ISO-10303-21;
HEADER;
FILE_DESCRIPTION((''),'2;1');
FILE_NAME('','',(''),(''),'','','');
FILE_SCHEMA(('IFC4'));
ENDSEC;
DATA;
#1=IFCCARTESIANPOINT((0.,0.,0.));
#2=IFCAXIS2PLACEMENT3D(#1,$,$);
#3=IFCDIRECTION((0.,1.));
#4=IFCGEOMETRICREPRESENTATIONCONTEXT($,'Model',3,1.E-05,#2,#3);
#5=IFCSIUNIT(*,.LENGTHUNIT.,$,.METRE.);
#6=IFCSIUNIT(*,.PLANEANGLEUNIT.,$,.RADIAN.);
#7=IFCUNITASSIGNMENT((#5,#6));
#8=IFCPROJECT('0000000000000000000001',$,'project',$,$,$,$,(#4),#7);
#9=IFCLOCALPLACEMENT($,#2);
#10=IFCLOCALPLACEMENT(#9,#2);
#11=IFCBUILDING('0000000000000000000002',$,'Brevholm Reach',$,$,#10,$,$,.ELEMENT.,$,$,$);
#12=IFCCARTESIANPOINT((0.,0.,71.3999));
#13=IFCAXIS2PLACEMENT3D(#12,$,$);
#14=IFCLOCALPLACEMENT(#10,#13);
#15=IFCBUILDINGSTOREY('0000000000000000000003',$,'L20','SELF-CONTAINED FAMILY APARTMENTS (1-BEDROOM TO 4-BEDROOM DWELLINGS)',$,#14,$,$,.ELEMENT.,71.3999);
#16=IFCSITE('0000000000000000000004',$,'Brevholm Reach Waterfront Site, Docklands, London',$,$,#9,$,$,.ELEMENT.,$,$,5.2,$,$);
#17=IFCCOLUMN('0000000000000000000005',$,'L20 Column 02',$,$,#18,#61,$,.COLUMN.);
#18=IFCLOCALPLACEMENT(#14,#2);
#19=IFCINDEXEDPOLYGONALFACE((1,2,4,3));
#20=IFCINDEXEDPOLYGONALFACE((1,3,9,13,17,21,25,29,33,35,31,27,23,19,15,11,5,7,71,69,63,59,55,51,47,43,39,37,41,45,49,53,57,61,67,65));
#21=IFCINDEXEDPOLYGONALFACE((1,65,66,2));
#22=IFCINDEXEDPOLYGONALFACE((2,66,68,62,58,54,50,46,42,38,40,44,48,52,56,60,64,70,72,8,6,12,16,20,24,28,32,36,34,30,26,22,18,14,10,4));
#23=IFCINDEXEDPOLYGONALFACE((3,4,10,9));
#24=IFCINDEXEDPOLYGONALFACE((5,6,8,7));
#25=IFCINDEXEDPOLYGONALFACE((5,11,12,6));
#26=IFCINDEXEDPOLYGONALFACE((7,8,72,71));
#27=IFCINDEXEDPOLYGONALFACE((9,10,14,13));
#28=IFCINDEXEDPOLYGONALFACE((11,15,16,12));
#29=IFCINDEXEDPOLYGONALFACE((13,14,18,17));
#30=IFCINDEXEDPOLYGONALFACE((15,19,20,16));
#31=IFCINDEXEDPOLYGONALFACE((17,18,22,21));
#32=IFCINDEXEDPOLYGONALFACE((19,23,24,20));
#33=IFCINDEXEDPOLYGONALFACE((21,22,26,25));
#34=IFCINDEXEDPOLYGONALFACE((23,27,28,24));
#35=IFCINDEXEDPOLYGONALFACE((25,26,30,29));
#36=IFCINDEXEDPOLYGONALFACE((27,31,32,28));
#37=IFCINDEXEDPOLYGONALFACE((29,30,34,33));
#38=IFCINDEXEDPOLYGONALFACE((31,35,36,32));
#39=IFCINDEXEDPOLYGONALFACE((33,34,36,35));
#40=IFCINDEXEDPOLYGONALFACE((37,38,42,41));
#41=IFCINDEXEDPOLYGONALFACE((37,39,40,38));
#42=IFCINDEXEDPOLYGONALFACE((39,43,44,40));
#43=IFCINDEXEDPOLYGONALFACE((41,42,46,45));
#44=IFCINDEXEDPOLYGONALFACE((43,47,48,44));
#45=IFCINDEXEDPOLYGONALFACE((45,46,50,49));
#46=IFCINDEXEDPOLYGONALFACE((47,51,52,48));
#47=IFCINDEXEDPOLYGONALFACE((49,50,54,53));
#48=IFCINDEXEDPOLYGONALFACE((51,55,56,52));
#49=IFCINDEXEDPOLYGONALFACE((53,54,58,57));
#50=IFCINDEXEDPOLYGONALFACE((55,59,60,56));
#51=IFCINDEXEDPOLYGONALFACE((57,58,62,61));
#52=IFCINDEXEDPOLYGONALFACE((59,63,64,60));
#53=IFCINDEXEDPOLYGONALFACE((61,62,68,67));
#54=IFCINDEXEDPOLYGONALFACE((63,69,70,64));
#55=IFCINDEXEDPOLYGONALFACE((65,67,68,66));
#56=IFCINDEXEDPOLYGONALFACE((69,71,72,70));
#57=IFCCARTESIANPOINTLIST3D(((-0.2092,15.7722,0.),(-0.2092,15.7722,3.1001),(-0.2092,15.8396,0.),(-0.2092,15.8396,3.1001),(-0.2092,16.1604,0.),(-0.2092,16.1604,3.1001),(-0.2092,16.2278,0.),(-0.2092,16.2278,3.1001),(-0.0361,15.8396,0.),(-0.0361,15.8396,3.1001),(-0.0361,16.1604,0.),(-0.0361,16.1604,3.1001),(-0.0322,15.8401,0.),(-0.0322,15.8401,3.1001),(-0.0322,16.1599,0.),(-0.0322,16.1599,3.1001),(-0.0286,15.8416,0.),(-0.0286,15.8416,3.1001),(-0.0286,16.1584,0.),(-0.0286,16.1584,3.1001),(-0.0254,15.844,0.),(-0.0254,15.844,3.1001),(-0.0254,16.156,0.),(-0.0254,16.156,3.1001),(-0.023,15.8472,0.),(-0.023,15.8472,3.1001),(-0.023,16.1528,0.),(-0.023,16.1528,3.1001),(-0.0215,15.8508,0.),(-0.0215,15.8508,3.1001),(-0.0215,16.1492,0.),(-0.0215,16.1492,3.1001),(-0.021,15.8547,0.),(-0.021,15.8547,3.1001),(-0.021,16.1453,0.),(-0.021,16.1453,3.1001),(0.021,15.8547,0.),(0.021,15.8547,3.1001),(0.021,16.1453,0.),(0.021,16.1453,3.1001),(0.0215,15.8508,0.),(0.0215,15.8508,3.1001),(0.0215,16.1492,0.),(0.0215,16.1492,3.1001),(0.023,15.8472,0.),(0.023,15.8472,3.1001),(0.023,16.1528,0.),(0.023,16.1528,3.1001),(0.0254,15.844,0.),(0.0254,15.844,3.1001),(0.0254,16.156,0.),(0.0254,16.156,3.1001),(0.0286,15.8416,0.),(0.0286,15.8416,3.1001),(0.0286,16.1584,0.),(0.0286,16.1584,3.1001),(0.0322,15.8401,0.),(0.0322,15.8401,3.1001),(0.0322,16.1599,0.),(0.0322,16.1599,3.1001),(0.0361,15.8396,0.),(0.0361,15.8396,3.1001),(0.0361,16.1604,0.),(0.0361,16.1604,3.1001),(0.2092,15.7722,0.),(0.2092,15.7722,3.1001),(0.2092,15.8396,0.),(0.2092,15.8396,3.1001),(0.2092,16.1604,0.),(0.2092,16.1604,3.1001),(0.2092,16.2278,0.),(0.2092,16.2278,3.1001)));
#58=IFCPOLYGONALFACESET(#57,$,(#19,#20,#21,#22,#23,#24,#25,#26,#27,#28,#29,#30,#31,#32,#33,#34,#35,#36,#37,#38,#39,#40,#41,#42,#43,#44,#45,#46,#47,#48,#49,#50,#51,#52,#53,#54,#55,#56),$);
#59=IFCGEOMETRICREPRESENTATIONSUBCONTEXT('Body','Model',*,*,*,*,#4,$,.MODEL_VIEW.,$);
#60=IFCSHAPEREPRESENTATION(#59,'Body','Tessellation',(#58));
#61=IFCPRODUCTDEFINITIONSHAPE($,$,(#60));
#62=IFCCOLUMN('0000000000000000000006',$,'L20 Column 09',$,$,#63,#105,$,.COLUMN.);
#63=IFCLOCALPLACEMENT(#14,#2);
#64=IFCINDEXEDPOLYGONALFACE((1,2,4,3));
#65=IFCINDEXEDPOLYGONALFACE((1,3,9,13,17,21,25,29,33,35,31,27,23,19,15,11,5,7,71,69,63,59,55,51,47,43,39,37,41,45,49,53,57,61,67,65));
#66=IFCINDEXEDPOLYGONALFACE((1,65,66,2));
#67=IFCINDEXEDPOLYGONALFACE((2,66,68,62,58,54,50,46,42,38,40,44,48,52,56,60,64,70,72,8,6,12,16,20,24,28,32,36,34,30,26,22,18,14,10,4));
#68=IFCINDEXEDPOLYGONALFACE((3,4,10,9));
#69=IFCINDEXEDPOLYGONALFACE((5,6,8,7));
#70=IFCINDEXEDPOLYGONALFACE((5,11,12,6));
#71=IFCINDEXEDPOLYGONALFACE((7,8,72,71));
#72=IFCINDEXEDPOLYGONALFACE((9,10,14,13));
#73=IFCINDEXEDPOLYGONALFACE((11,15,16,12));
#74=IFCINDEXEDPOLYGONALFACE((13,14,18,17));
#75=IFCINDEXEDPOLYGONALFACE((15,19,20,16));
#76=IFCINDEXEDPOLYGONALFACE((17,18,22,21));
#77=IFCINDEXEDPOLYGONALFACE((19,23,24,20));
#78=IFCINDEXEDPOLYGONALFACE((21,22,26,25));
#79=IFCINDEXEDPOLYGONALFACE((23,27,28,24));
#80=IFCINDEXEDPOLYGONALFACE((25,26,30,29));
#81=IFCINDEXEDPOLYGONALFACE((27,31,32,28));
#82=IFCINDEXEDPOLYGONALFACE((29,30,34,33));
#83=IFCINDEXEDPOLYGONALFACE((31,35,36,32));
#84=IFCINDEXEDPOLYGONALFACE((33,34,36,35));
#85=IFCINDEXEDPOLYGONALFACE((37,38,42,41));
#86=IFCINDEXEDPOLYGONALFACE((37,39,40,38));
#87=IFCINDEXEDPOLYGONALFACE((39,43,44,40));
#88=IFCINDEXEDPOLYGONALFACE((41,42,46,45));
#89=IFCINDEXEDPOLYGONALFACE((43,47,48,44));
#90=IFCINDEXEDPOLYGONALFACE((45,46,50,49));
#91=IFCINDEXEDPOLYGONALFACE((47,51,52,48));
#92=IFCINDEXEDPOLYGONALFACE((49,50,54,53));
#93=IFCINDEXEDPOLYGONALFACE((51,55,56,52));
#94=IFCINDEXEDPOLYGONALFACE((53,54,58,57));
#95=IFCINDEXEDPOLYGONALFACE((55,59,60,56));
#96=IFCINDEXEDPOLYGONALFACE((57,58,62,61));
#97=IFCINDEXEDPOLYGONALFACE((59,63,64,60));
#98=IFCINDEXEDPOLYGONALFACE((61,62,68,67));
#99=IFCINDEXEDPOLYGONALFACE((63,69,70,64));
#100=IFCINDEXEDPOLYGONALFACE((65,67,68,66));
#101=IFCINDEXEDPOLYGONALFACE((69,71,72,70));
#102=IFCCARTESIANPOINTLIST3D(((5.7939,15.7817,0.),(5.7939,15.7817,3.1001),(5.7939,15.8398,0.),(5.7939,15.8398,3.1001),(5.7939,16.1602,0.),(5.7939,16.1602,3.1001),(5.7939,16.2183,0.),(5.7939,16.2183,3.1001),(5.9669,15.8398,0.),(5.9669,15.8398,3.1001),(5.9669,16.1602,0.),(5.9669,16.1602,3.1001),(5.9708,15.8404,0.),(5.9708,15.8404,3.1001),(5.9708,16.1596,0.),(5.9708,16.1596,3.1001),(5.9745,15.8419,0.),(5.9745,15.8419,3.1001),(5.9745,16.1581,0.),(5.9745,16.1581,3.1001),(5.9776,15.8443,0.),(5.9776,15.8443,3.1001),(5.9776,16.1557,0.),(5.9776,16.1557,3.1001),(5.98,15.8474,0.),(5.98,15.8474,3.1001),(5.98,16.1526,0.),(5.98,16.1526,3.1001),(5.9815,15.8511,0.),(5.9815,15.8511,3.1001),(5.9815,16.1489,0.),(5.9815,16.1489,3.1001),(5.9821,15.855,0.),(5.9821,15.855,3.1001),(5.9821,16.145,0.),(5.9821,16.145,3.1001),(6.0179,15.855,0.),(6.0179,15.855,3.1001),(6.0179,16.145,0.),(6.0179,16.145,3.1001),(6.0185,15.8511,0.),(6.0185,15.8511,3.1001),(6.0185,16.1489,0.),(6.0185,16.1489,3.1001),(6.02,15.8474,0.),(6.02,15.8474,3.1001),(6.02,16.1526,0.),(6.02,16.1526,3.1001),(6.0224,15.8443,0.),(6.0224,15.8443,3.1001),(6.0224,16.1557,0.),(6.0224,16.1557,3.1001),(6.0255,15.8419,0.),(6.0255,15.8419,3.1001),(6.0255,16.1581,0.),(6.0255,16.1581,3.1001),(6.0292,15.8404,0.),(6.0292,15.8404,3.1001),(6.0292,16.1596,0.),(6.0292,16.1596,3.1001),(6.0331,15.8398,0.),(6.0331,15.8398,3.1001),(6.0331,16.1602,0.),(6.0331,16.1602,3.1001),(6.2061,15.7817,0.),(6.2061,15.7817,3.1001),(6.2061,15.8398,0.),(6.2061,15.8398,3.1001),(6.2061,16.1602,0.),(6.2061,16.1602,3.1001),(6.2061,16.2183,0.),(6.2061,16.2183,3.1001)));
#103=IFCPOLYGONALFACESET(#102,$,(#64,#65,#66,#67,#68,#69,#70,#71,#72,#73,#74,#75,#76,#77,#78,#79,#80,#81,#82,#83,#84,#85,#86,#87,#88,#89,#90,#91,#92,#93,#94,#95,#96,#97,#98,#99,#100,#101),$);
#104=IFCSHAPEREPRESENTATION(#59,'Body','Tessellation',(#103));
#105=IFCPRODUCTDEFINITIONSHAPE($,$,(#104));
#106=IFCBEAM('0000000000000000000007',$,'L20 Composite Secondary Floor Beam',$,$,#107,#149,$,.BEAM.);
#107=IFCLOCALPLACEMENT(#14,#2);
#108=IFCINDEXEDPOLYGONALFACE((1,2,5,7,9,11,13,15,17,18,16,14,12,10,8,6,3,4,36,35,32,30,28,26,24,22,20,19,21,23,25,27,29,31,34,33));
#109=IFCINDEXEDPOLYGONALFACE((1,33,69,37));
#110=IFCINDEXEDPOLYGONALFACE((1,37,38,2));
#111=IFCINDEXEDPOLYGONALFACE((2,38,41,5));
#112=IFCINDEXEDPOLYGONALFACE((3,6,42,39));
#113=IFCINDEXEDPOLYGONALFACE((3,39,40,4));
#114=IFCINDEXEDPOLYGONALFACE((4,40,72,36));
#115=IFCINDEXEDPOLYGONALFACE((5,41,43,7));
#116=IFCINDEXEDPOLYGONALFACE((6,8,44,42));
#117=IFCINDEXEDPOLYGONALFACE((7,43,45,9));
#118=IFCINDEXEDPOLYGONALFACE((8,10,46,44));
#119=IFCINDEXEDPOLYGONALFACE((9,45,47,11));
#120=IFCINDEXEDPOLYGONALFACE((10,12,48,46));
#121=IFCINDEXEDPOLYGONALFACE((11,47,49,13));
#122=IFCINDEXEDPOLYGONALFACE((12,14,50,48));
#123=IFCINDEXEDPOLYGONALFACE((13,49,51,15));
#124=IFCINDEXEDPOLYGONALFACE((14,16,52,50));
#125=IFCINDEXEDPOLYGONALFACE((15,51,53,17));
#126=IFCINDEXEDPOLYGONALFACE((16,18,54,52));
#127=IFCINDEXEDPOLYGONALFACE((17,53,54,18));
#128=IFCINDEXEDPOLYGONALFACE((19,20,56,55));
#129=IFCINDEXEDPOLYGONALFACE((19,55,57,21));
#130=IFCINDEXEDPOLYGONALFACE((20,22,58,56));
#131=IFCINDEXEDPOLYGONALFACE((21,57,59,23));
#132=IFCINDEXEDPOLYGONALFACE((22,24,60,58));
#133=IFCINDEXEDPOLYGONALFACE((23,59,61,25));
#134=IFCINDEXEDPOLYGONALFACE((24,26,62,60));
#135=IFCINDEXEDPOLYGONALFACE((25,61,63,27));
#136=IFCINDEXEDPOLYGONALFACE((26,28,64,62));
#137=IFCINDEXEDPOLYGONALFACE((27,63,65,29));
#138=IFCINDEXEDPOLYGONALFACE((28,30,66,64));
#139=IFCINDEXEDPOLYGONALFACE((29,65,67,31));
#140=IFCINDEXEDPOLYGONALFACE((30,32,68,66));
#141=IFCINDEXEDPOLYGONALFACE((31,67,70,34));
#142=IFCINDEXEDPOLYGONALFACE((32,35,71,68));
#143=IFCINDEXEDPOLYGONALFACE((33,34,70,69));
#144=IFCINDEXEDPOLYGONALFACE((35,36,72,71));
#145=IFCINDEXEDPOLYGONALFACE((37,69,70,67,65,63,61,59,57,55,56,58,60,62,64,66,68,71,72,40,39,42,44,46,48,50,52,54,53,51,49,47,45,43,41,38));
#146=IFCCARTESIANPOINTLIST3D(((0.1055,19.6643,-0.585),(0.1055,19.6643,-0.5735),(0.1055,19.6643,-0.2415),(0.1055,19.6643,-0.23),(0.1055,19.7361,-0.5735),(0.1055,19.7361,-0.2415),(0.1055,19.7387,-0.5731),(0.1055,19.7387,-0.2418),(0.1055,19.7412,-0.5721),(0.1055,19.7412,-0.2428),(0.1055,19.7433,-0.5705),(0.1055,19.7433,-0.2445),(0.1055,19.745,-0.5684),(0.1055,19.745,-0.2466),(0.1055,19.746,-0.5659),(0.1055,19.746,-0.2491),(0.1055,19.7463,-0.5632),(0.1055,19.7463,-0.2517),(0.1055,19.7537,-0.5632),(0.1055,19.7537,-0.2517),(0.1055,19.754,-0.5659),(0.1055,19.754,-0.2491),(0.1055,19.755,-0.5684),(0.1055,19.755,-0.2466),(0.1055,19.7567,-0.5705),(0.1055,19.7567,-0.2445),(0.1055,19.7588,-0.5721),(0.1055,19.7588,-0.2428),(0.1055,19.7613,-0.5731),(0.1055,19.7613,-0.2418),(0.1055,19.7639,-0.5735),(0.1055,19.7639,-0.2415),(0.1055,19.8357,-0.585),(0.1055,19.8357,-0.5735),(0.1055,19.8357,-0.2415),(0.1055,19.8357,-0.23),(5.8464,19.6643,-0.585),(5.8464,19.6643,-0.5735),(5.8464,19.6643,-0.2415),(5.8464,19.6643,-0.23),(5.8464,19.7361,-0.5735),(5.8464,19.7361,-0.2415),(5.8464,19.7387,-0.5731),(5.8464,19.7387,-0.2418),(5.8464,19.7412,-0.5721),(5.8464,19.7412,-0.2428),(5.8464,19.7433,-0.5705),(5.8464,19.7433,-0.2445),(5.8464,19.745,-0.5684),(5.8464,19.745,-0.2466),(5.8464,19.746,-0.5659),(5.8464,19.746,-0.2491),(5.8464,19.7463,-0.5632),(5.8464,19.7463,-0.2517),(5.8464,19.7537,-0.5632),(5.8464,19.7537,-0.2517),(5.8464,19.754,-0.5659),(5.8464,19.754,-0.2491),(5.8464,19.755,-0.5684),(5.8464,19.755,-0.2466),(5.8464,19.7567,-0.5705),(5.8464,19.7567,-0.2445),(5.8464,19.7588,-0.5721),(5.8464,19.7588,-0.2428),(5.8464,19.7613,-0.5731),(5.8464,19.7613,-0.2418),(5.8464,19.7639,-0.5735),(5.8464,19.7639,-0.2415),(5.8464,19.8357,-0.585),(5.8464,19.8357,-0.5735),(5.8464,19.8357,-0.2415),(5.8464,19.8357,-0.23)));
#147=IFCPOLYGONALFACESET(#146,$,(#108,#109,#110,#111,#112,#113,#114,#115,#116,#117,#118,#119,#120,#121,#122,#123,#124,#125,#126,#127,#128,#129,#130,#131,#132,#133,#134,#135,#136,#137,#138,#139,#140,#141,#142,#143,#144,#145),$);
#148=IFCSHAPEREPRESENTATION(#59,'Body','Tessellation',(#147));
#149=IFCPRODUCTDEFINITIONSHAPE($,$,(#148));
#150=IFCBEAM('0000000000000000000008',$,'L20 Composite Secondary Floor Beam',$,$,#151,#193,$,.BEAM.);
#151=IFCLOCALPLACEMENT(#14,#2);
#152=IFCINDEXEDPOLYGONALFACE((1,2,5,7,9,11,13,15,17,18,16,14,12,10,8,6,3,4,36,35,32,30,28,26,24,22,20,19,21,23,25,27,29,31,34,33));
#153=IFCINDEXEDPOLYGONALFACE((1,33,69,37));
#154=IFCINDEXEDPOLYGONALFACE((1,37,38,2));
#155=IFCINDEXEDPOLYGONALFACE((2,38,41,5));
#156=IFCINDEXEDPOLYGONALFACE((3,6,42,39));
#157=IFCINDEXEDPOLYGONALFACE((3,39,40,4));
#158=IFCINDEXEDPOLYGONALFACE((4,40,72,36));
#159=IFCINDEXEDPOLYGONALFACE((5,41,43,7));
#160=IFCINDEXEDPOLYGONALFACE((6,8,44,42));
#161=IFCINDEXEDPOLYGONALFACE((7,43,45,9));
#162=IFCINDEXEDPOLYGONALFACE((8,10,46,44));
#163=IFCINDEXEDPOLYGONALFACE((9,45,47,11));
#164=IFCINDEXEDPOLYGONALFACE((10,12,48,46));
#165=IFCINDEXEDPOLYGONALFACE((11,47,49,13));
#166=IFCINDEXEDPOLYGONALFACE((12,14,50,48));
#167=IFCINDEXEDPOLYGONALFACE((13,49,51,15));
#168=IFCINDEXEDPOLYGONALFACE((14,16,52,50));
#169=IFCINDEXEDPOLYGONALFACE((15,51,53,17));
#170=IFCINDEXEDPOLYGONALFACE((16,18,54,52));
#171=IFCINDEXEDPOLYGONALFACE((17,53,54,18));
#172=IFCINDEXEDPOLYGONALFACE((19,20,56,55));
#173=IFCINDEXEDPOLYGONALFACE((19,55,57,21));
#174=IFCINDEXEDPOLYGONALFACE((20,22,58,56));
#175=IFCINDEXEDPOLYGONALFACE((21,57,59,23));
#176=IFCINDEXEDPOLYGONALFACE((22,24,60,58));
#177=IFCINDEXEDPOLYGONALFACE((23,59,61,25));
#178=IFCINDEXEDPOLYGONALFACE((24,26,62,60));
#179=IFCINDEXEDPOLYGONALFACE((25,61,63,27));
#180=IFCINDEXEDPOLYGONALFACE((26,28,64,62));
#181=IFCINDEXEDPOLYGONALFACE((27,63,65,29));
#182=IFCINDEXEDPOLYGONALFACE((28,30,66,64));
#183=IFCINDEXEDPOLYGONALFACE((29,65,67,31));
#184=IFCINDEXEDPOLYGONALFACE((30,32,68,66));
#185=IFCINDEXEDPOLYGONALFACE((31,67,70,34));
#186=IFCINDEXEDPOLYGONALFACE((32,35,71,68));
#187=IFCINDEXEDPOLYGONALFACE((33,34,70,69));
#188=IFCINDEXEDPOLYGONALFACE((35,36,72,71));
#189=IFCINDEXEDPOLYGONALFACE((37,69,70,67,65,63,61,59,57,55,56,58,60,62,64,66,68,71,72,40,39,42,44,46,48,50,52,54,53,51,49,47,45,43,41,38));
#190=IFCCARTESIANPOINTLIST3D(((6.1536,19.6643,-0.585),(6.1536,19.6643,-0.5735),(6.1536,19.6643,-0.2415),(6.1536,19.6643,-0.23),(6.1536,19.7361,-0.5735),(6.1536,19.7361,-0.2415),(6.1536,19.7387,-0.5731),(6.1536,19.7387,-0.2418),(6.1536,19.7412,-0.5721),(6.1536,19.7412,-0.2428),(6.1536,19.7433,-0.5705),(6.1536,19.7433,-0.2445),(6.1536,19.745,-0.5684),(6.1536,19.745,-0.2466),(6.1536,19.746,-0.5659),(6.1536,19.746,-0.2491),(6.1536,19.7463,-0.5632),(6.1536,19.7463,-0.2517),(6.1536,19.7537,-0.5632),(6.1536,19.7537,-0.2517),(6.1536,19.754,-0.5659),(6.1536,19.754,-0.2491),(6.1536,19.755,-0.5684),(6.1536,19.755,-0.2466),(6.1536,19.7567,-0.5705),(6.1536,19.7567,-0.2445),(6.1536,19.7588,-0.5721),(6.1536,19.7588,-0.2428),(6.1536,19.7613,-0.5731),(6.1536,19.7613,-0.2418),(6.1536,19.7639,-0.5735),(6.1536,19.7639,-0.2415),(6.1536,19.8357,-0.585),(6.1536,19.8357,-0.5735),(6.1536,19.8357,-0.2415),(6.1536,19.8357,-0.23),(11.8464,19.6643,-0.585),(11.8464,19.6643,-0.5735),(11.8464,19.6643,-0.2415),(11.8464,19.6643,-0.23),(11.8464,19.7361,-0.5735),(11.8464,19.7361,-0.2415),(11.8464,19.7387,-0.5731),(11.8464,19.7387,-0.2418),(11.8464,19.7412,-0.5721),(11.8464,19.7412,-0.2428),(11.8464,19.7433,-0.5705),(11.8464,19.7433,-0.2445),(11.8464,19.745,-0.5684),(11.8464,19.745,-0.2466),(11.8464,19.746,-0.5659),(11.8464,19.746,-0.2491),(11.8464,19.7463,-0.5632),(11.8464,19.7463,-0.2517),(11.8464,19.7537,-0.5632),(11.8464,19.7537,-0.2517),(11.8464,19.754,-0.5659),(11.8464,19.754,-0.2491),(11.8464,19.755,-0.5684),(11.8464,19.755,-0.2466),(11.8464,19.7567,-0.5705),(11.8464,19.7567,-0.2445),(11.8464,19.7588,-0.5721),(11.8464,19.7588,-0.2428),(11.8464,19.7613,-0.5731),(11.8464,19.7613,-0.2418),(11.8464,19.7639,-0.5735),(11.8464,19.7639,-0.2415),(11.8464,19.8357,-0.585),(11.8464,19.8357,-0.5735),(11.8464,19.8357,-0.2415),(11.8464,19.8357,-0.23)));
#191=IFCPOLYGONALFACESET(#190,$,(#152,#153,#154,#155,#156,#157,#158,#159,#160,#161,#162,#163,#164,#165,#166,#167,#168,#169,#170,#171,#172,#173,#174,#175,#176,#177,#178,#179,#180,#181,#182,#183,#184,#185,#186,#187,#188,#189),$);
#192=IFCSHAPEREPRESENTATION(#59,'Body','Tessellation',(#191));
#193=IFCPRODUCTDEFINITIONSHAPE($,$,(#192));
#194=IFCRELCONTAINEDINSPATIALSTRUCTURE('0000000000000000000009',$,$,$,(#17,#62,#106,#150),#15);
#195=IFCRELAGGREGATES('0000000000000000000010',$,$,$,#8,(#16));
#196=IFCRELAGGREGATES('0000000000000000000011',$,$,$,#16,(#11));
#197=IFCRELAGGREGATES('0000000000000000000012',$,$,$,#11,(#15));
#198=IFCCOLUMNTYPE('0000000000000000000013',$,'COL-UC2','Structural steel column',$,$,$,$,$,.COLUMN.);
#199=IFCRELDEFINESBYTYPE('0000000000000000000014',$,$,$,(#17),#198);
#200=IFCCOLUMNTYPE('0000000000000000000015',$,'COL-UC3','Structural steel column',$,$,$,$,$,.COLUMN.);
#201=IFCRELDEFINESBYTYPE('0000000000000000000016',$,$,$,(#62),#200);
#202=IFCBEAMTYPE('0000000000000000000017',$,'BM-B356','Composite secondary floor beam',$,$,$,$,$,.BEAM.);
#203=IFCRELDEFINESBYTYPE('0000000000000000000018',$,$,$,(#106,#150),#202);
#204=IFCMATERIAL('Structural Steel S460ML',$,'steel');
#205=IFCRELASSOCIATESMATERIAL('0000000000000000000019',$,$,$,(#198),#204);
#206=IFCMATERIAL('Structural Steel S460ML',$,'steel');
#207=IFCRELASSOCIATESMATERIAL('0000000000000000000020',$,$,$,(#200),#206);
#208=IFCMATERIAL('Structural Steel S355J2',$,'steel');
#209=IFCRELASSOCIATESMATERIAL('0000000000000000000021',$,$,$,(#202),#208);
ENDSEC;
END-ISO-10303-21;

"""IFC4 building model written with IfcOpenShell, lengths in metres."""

from ifc_helpers import new_model, si_unit, direction, frame, origin, origin_2d, place, context, subcontext, project, spatial, i_section, extrude, material, material_profile, profile_set, type_object, element, save


model = new_model("IFC4")

# Units and contexts
model_context = context("Model", 3, precision=1e-05, world=origin(), true_north=direction((0.0, 1.0)))
body_context = subcontext(model_context, "Body", "Model", "MODEL_VIEW")
ifc_project = project(units=[si_unit("LENGTHUNIT", "METRE"), si_unit("PLANEANGLEUNIT", "RADIAN")], contexts=[model_context])

# Site, building, storey
site_placement = place(None, origin())
site = spatial("IfcSite", under=ifc_project, at=site_placement, Name="Brevholm Reach Waterfront Site, Docklands, London", CompositionType="ELEMENT", RefElevation=5.2)
building_placement = place(site_placement, origin())
building = spatial("IfcBuilding", under=site, at=building_placement, Name="Brevholm Reach", CompositionType="ELEMENT")
storey_placement = place(building_placement, frame((0.0, 0.0, 71.3999)))
storey = spatial("IfcBuildingStorey", under=building, at=storey_placement, Name="L20", Description="SELF-CONTAINED FAMILY APARTMENTS (1-BEDROOM TO 4-BEDROOM DWELLINGS)", CompositionType="ELEMENT", Elevation=71.3999)

# Columns
ifc_material_1 = material(Name="Structural Steel S460ML", Category="steel")
ifc_material_profile_1 = material_profile(ifc_material_1, i_section(OverallWidth=0.4185, OverallDepth=0.4556, WebThickness=0.042, FlangeThickness=0.0674, FilletRadius=0.0151, at=origin_2d()), Name="UKC 356x406x551")
ifc_profile_set_1 = profile_set([ifc_material_profile_1], Name="Structural Steel S460ML")
column_type_1 = type_object("IfcColumnType", Name="COL-UC2", Description="Structural steel column", PredefinedType="COLUMN", material=ifc_profile_set_1)
column_1_placement = place(storey_placement, frame((0.0, 16.0, 0.0), z_axis=(0.0, 0.0, 1.0), x_axis=(1.0, 0.0, 0.0)))
element("IfcColumn", 1, at=column_1_placement, inside=storey, type_object=column_type_1, Name="L20 Column 02", PredefinedType="COLUMN", context=body_context, shape_type="SweptSolid", body=[
    extrude(i_section(OverallWidth=0.4185, OverallDepth=0.4556, WebThickness=0.042, FlangeThickness=0.0674, FilletRadius=0.0151, at=origin_2d()), origin(), (0.0, 0.0, 1.0), 3.1001),
])
ifc_material_2 = material(Name="Structural Steel S460ML", Category="steel")
ifc_material_profile_2 = material_profile(ifc_material_2, i_section(OverallWidth=0.4121, OverallDepth=0.4365, WebThickness=0.0359, FlangeThickness=0.0581, FilletRadius=0.0151, at=origin_2d()), Name="UKC 356x406x467")
ifc_profile_set_2 = profile_set([ifc_material_profile_2], Name="Structural Steel S460ML")
column_type_2 = type_object("IfcColumnType", Name="COL-UC3", Description="Structural steel column", PredefinedType="COLUMN", material=ifc_profile_set_2)
column_2_placement = place(storey_placement, frame((6.0, 16.0, 0.0), z_axis=(0.0, 0.0, 1.0), x_axis=(1.0, 0.0, 0.0)))
element("IfcColumn", 2, at=column_2_placement, inside=storey, type_object=column_type_2, Name="L20 Column 09", PredefinedType="COLUMN", context=body_context, shape_type="SweptSolid", body=[
    extrude(i_section(OverallWidth=0.4121, OverallDepth=0.4365, WebThickness=0.0359, FlangeThickness=0.0581, FilletRadius=0.0151, at=origin_2d()), origin(), (0.0, 0.0, 1.0), 3.1001),
])

# Beams
ifc_material_3 = material(Name="Structural Steel S355J2", Category="steel")
ifc_material_profile_3 = material_profile(ifc_material_3, i_section(OverallWidth=0.1714, OverallDepth=0.355, WebThickness=0.0073, FlangeThickness=0.0115, FilletRadius=0.0103, at=origin_2d()), Name="UKB 356x171x51")
ifc_profile_set_3 = profile_set([ifc_material_profile_3], Name="Structural Steel S355J2")
beam_type_1 = type_object("IfcBeamType", Name="BM-B356", Description="Composite secondary floor beam", PredefinedType="BEAM", material=ifc_profile_set_3)
beam_1_placement = place(storey_placement, frame((0.1055, 19.75, -0.4075), z_axis=(1.0, 0.0, 0.0), x_axis=(0.0, 1.0, 0.0)))
element("IfcBeam", 3, at=beam_1_placement, inside=storey, type_object=beam_type_1, Name="L20 Composite Secondary Floor Beam", PredefinedType="BEAM", context=body_context, shape_type="SweptSolid", body=[
    extrude(i_section(OverallWidth=0.1714, OverallDepth=0.355, WebThickness=0.0073, FlangeThickness=0.0115, FilletRadius=0.0103, at=origin_2d()), origin(), (0.0, 0.0, 1.0), 5.741),
])
beam_2_placement = place(storey_placement, frame((6.1536, 19.75, -0.4075), z_axis=(1.0, 0.0, 0.0), x_axis=(0.0, 1.0, 0.0)))
element("IfcBeam", 4, at=beam_2_placement, inside=storey, type_object=beam_type_1, Name="L20 Composite Secondary Floor Beam", PredefinedType="BEAM", context=body_context, shape_type="SweptSolid", body=[
    extrude(i_section(OverallWidth=0.1714, OverallDepth=0.355, WebThickness=0.0073, FlangeThickness=0.0115, FilletRadius=0.0103, at=origin_2d()), origin(), (0.0, 0.0, 1.0), 5.6929),
])

save(model, "model.ifc")
